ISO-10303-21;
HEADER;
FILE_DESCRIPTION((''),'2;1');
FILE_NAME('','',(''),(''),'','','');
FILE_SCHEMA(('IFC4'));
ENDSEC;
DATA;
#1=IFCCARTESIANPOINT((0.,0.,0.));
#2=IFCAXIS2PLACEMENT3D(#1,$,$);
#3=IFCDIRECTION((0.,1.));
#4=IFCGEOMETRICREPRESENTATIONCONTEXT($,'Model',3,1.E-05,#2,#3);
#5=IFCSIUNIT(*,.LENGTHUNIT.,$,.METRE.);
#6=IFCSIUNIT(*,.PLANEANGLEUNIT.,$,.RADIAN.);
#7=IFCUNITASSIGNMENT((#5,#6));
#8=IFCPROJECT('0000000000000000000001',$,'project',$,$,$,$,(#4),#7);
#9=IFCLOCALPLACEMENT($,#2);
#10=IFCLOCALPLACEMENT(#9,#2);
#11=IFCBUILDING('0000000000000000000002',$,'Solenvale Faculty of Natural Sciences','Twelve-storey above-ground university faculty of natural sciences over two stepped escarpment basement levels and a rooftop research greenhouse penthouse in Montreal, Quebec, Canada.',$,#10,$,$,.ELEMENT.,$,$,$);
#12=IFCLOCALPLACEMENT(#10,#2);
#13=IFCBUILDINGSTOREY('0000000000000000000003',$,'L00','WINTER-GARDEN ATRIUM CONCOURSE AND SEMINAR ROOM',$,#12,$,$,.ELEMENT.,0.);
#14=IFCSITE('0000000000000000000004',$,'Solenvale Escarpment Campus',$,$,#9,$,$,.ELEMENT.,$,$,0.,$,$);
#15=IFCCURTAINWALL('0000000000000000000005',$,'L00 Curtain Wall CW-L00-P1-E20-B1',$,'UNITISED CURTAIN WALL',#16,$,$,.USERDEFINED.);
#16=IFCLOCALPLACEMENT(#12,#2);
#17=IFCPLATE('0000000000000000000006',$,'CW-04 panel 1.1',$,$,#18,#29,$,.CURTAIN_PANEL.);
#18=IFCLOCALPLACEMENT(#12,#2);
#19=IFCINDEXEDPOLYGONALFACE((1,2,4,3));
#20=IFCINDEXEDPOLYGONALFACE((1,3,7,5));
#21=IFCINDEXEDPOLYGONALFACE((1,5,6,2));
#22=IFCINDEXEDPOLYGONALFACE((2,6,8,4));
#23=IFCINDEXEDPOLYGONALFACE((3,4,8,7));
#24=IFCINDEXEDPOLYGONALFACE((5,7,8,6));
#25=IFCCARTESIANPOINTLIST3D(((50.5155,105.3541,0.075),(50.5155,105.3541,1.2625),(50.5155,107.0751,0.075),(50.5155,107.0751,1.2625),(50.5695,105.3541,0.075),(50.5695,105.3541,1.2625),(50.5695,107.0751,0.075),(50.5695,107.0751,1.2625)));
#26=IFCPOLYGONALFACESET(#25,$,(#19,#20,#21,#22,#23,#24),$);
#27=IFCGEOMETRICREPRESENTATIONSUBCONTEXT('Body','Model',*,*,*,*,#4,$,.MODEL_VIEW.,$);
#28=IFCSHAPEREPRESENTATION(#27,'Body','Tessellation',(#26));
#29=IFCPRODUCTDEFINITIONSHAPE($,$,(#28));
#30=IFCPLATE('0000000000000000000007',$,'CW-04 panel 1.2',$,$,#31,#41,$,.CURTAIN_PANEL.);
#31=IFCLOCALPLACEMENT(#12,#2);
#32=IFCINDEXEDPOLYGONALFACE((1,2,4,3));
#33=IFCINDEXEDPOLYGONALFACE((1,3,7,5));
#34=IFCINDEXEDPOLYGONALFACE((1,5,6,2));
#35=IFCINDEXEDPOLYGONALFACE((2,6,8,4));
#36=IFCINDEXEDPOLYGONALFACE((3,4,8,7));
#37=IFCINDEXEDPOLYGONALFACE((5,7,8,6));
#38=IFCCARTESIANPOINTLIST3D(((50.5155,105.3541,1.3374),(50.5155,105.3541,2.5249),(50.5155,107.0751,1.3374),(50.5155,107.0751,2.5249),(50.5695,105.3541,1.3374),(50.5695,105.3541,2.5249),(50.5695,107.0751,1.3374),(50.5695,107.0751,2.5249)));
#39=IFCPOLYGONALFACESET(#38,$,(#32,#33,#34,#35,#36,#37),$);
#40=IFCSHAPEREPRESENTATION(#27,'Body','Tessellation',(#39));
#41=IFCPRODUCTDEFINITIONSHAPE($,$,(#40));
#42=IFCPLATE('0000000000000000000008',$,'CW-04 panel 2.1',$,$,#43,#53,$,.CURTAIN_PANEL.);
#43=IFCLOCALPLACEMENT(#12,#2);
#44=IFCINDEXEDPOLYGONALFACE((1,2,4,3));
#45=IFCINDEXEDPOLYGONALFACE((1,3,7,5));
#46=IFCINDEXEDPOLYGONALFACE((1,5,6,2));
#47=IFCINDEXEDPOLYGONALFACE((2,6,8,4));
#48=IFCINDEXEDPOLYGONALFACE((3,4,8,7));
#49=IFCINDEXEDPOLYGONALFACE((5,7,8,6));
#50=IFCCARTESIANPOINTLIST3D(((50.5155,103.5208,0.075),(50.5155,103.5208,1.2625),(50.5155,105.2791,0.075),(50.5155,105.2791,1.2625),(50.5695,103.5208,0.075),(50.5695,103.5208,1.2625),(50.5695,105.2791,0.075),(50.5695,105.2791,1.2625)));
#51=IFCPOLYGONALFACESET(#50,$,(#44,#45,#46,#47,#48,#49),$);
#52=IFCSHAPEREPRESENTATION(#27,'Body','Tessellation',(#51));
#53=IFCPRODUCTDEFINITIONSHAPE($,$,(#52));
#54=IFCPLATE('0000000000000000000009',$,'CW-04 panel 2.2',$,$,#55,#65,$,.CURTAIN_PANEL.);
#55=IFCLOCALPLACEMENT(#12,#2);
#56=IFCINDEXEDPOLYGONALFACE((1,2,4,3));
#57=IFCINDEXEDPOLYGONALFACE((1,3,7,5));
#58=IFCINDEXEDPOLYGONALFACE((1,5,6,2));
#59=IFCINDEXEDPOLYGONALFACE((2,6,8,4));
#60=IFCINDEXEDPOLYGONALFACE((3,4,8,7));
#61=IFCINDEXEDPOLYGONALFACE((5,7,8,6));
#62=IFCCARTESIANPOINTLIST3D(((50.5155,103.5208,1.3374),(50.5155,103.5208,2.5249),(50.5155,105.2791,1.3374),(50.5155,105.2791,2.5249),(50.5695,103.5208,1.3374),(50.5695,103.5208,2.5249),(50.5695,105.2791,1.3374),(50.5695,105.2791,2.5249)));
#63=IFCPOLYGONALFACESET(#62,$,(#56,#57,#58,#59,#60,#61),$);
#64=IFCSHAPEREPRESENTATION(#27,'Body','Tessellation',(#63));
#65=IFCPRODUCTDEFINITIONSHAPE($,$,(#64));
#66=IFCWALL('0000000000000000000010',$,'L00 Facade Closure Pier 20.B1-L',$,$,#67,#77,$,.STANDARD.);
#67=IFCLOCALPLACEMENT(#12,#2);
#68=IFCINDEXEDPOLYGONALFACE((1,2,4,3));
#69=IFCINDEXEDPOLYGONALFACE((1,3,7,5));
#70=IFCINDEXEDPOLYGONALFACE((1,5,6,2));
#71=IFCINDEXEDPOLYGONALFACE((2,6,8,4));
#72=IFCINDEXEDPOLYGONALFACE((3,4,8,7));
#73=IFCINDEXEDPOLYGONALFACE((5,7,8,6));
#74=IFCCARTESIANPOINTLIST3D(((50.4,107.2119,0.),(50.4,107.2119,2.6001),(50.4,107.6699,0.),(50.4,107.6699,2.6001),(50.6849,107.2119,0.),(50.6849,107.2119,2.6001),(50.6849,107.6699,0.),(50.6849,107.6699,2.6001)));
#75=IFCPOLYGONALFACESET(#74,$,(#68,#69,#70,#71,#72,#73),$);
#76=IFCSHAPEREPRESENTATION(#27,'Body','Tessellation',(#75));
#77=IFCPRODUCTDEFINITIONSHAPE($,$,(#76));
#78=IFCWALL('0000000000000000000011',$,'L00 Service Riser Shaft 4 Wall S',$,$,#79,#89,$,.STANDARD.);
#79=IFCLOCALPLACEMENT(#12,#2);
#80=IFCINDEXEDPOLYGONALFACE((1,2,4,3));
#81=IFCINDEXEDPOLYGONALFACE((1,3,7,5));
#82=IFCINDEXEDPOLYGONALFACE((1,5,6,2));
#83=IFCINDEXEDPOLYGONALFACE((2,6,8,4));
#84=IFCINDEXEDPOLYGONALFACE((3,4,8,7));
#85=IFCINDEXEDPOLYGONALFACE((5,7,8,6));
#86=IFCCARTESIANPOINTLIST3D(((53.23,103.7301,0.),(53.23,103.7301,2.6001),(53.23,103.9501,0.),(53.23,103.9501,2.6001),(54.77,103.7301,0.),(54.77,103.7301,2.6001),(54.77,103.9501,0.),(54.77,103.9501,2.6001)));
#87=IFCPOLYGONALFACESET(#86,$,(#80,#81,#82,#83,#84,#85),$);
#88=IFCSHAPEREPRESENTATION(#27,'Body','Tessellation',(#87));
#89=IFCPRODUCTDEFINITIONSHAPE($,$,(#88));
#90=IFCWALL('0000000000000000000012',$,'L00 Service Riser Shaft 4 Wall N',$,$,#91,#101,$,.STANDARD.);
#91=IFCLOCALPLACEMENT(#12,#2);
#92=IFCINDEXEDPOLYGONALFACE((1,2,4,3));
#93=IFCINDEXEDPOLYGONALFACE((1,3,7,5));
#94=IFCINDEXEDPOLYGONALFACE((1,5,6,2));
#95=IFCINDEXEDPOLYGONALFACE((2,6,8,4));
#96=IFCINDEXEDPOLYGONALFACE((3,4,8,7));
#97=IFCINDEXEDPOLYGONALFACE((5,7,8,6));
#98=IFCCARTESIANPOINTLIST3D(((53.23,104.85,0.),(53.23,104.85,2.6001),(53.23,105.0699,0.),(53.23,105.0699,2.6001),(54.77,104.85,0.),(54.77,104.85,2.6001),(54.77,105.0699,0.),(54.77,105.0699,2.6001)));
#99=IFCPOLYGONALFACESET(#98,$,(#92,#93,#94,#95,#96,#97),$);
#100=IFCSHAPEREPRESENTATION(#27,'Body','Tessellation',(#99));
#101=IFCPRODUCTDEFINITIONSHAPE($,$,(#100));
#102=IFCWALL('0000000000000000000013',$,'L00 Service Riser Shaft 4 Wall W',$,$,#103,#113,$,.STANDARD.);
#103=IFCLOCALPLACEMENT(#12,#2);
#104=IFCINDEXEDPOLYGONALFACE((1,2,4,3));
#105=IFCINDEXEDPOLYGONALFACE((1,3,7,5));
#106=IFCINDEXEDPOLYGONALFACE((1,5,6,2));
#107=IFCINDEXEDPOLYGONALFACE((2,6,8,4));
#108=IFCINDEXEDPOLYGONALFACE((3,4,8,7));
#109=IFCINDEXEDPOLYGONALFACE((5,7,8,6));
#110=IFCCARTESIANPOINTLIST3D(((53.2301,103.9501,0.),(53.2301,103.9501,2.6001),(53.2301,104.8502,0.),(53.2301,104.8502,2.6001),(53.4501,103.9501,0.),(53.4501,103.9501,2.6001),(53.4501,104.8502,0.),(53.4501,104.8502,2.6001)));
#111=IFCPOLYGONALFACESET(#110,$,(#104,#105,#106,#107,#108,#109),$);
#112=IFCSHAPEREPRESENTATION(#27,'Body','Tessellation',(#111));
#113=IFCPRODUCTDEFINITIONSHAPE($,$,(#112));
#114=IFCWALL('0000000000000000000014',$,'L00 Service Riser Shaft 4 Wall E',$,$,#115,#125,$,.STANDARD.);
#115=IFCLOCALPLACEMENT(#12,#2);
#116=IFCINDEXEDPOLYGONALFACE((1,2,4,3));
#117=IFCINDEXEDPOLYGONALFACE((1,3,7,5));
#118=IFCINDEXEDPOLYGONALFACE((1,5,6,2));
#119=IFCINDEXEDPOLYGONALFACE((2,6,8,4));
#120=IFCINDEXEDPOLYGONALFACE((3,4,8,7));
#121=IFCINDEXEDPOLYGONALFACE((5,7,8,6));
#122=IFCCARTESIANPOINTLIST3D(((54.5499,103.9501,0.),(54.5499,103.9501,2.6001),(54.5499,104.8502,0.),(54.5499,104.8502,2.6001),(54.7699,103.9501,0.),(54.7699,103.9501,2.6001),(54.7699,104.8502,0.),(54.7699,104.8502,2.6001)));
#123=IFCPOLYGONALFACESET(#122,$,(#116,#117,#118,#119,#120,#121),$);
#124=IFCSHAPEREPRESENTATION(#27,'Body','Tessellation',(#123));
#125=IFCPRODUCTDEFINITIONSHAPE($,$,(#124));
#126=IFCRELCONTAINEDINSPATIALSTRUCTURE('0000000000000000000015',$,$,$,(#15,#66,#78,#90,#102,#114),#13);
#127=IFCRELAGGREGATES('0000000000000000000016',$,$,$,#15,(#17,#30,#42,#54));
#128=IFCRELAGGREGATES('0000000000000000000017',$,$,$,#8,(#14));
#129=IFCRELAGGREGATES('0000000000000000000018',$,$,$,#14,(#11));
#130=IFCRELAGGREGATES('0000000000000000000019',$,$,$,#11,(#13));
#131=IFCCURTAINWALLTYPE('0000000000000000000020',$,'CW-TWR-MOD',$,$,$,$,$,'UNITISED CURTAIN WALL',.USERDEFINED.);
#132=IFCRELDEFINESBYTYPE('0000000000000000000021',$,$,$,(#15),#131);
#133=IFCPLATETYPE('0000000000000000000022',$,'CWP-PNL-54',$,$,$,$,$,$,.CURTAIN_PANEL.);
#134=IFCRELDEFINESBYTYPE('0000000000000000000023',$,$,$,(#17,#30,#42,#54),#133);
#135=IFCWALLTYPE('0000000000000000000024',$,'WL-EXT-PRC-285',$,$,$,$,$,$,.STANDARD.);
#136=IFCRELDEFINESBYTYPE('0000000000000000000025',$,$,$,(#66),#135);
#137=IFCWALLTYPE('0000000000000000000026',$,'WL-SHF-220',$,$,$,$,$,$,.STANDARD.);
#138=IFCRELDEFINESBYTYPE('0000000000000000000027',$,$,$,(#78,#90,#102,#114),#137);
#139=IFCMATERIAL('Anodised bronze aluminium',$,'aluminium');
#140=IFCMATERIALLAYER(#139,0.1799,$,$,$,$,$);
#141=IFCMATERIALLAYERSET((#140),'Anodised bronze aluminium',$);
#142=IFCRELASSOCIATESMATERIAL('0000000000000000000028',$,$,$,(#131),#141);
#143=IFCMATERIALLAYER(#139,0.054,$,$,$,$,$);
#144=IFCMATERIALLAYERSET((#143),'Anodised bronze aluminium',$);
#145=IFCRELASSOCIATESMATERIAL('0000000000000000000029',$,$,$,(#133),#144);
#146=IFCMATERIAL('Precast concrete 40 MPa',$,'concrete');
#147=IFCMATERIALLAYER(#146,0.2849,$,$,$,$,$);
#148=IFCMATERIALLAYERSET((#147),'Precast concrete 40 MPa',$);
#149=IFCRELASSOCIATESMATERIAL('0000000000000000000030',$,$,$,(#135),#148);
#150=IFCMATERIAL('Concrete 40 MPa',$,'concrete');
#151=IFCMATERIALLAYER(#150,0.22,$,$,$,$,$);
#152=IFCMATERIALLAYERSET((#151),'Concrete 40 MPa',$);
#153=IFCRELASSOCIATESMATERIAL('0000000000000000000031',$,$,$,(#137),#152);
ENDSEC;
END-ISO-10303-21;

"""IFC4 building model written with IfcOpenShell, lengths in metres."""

from ifc_helpers import new_model, si_unit, direction, frame, frame_2d, origin, origin_2d, place, context, subcontext, project, spatial, rectangle, extrude, material, layer, layer_set, type_object, element, aggregate, save


model = new_model("IFC4")

# Units and contexts
model_context = context("Model", 3, precision=1e-05, world=origin(), true_north=direction((0.0, 1.0)))
body_context = subcontext(model_context, "Body", "Model", "MODEL_VIEW")
ifc_project = project(units=[si_unit("LENGTHUNIT", "METRE"), si_unit("PLANEANGLEUNIT", "RADIAN")], contexts=[model_context])

# Site, building, storey
site_placement = place(None, origin())
site = spatial("IfcSite", under=ifc_project, at=site_placement, Name="Solenvale Escarpment Campus", CompositionType="ELEMENT", RefElevation=0.0)
building_placement = place(site_placement, origin())
building = spatial("IfcBuilding", under=site, at=building_placement, Name="Solenvale Faculty of Natural Sciences", Description="Twelve-storey above-ground university faculty of natural sciences over two stepped escarpment basement levels and a rooftop research greenhouse penthouse in Montreal, Quebec, Canada.", CompositionType="ELEMENT")
storey_placement = place(building_placement, origin())
storey = spatial("IfcBuildingStorey", under=building, at=storey_placement, Name="L00", Description="WINTER-GARDEN ATRIUM CONCOURSE AND SEMINAR ROOM", CompositionType="ELEMENT", Elevation=0.0)

# Shared definitions
ifc_material_1 = material(Name="Concrete 40 MPa", Category="concrete")

# Curtain wall, plates
ifc_material_2 = material(Name="Anodised bronze aluminium", Category="aluminium")
ifc_layer_1 = layer(ifc_material_2, 0.1799)
ifc_layer_set_1 = layer_set([ifc_layer_1], Name="Anodised bronze aluminium")
curtain_wall_type = type_object("IfcCurtainWallType", Name="CW-TWR-MOD", ElementType="UNITISED CURTAIN WALL", PredefinedType="USERDEFINED", material=ifc_layer_set_1)
curtain_wall_placement = place(storey_placement, origin())
curtain_wall = element("IfcCurtainWall", 1, at=curtain_wall_placement, inside=storey, type_object=curtain_wall_type, Name="L00 Curtain Wall CW-L00-P1-E20-B1", ObjectType="UNITISED CURTAIN WALL", PredefinedType="USERDEFINED")
ifc_layer_2 = layer(ifc_material_2, 0.054)
ifc_layer_set_2 = layer_set([ifc_layer_2], Name="Anodised bronze aluminium")
plate_type = type_object("IfcPlateType", Name="CWP-PNL-54", PredefinedType="CURTAIN_PANEL", material=ifc_layer_set_2)
plate_1_placement = place(storey_placement, frame((50.5425, 106.2146, 0.075), z_axis=(0.0, 0.0, 1.0), x_axis=(0.0, -1.0, 0.0)))
plate_1 = element("IfcPlate", 2, at=plate_1_placement, type_object=plate_type, Name="CW-04 panel 1.1", PredefinedType="CURTAIN_PANEL", context=body_context, shape_type="SweptSolid", body=[
    extrude(rectangle(XDim=1.7209, YDim=0.054, at=origin_2d()), origin(), (0.0, 0.0, 1.0), 1.1875),
])
plate_2_placement = place(storey_placement, frame((50.5425, 106.2146, 1.3374), z_axis=(0.0, 0.0, 1.0), x_axis=(0.0, -1.0, 0.0)))
plate_2 = element("IfcPlate", 3, at=plate_2_placement, type_object=plate_type, Name="CW-04 panel 1.2", PredefinedType="CURTAIN_PANEL", context=body_context, shape_type="SweptSolid", body=[
    extrude(rectangle(XDim=1.7209, YDim=0.054, at=origin_2d()), origin(), (0.0, 0.0, 1.0), 1.1875),
])
plate_3_placement = place(storey_placement, frame((50.5425, 104.3999, 0.075), z_axis=(0.0, 0.0, 1.0), x_axis=(0.0, -1.0, 0.0)))
plate_3 = element("IfcPlate", 4, at=plate_3_placement, type_object=plate_type, Name="CW-04 panel 2.1", PredefinedType="CURTAIN_PANEL", context=body_context, shape_type="SweptSolid", body=[
    extrude(rectangle(XDim=1.7583, YDim=0.054, at=origin_2d()), origin(), (0.0, 0.0, 1.0), 1.1875),
])
plate_4_placement = place(storey_placement, frame((50.5425, 104.3999, 1.3374), z_axis=(0.0, 0.0, 1.0), x_axis=(0.0, -1.0, 0.0)))
plate_4 = element("IfcPlate", 5, at=plate_4_placement, type_object=plate_type, Name="CW-04 panel 2.2", PredefinedType="CURTAIN_PANEL", context=body_context, shape_type="SweptSolid", body=[
    extrude(rectangle(XDim=1.7583, YDim=0.054, at=origin_2d()), origin(), (0.0, 0.0, 1.0), 1.1875),
])
aggregate(curtain_wall, [plate_1, plate_2, plate_3, plate_4])

# Walls
ifc_material_3 = material(Name="Precast concrete 40 MPa", Category="concrete")
ifc_layer_3 = layer(ifc_material_3, 0.2849)
ifc_layer_set_3 = layer_set([ifc_layer_3], Name="Precast concrete 40 MPa")
wall_type_1 = type_object("IfcWallType", Name="WL-EXT-PRC-285", PredefinedType="STANDARD", material=ifc_layer_set_3)
wall_placement = place(storey_placement, frame((50.5425, 107.6699, 0.0), z_axis=(0.0, 0.0, 1.0), x_axis=(0.0, -1.0, 0.0)))
element("IfcWall", 6, at=wall_placement, inside=storey, type_object=wall_type_1, Name="L00 Facade Closure Pier 20.B1-L", PredefinedType="STANDARD", context=body_context, shape_type="SweptSolid", body=[
    extrude(rectangle(XDim=0.458, YDim=0.2849, at=frame_2d((0.229, 0.0))), origin(), (0.0, 0.0, 1.0), 2.6001),
])
ifc_layer_4 = layer(ifc_material_1, 0.22)
ifc_layer_set_4 = layer_set([ifc_layer_4], Name="Concrete 40 MPa")
wall_type_2 = type_object("IfcWallType", Name="WL-SHF-220", PredefinedType="STANDARD", material=ifc_layer_set_4)
for number, where, z_axis, x_axis, name in (
    (7, (53.23, 103.8401, 0.0), (0.0, 0.0, 1.0), (1.0, 0.0, 0.0), "L00 Service Riser Shaft 4 Wall S"),
    (8, (53.23, 104.96, 0.0), (0.0, 0.0, 1.0), (1.0, 0.0, 0.0), "L00 Service Riser Shaft 4 Wall N"),
):
    element("IfcWall", number, at=place(storey_placement, frame(where, z_axis=z_axis, x_axis=x_axis)), inside=storey, type_object=wall_type_2, Name=name, PredefinedType="STANDARD", context=body_context, shape_type="SweptSolid", body=[
        extrude(rectangle(XDim=1.54, YDim=0.22, at=frame_2d((0.77, 0.0))), origin(), (0.0, 0.0, 1.0), 2.6001),
    ])
for number, where, z_axis, x_axis, name in (
    (9, (53.3401, 103.95, 0.0), (0.0, 0.0, 1.0), (0.0, 1.0, 0.0), "L00 Service Riser Shaft 4 Wall W"),
    (10, (54.6599, 103.95, 0.0), (0.0, 0.0, 1.0), (0.0, 1.0, 0.0), "L00 Service Riser Shaft 4 Wall E"),
):
    element("IfcWall", number, at=place(storey_placement, frame(where, z_axis=z_axis, x_axis=x_axis)), inside=storey, type_object=wall_type_2, Name=name, PredefinedType="STANDARD", context=body_context, shape_type="SweptSolid", body=[
        extrude(rectangle(XDim=0.9001, YDim=0.22, at=frame_2d((0.4502, 0.0))), origin(), (0.0, 0.0, 1.0), 2.6001),
    ])

save(model, "model.ifc")
